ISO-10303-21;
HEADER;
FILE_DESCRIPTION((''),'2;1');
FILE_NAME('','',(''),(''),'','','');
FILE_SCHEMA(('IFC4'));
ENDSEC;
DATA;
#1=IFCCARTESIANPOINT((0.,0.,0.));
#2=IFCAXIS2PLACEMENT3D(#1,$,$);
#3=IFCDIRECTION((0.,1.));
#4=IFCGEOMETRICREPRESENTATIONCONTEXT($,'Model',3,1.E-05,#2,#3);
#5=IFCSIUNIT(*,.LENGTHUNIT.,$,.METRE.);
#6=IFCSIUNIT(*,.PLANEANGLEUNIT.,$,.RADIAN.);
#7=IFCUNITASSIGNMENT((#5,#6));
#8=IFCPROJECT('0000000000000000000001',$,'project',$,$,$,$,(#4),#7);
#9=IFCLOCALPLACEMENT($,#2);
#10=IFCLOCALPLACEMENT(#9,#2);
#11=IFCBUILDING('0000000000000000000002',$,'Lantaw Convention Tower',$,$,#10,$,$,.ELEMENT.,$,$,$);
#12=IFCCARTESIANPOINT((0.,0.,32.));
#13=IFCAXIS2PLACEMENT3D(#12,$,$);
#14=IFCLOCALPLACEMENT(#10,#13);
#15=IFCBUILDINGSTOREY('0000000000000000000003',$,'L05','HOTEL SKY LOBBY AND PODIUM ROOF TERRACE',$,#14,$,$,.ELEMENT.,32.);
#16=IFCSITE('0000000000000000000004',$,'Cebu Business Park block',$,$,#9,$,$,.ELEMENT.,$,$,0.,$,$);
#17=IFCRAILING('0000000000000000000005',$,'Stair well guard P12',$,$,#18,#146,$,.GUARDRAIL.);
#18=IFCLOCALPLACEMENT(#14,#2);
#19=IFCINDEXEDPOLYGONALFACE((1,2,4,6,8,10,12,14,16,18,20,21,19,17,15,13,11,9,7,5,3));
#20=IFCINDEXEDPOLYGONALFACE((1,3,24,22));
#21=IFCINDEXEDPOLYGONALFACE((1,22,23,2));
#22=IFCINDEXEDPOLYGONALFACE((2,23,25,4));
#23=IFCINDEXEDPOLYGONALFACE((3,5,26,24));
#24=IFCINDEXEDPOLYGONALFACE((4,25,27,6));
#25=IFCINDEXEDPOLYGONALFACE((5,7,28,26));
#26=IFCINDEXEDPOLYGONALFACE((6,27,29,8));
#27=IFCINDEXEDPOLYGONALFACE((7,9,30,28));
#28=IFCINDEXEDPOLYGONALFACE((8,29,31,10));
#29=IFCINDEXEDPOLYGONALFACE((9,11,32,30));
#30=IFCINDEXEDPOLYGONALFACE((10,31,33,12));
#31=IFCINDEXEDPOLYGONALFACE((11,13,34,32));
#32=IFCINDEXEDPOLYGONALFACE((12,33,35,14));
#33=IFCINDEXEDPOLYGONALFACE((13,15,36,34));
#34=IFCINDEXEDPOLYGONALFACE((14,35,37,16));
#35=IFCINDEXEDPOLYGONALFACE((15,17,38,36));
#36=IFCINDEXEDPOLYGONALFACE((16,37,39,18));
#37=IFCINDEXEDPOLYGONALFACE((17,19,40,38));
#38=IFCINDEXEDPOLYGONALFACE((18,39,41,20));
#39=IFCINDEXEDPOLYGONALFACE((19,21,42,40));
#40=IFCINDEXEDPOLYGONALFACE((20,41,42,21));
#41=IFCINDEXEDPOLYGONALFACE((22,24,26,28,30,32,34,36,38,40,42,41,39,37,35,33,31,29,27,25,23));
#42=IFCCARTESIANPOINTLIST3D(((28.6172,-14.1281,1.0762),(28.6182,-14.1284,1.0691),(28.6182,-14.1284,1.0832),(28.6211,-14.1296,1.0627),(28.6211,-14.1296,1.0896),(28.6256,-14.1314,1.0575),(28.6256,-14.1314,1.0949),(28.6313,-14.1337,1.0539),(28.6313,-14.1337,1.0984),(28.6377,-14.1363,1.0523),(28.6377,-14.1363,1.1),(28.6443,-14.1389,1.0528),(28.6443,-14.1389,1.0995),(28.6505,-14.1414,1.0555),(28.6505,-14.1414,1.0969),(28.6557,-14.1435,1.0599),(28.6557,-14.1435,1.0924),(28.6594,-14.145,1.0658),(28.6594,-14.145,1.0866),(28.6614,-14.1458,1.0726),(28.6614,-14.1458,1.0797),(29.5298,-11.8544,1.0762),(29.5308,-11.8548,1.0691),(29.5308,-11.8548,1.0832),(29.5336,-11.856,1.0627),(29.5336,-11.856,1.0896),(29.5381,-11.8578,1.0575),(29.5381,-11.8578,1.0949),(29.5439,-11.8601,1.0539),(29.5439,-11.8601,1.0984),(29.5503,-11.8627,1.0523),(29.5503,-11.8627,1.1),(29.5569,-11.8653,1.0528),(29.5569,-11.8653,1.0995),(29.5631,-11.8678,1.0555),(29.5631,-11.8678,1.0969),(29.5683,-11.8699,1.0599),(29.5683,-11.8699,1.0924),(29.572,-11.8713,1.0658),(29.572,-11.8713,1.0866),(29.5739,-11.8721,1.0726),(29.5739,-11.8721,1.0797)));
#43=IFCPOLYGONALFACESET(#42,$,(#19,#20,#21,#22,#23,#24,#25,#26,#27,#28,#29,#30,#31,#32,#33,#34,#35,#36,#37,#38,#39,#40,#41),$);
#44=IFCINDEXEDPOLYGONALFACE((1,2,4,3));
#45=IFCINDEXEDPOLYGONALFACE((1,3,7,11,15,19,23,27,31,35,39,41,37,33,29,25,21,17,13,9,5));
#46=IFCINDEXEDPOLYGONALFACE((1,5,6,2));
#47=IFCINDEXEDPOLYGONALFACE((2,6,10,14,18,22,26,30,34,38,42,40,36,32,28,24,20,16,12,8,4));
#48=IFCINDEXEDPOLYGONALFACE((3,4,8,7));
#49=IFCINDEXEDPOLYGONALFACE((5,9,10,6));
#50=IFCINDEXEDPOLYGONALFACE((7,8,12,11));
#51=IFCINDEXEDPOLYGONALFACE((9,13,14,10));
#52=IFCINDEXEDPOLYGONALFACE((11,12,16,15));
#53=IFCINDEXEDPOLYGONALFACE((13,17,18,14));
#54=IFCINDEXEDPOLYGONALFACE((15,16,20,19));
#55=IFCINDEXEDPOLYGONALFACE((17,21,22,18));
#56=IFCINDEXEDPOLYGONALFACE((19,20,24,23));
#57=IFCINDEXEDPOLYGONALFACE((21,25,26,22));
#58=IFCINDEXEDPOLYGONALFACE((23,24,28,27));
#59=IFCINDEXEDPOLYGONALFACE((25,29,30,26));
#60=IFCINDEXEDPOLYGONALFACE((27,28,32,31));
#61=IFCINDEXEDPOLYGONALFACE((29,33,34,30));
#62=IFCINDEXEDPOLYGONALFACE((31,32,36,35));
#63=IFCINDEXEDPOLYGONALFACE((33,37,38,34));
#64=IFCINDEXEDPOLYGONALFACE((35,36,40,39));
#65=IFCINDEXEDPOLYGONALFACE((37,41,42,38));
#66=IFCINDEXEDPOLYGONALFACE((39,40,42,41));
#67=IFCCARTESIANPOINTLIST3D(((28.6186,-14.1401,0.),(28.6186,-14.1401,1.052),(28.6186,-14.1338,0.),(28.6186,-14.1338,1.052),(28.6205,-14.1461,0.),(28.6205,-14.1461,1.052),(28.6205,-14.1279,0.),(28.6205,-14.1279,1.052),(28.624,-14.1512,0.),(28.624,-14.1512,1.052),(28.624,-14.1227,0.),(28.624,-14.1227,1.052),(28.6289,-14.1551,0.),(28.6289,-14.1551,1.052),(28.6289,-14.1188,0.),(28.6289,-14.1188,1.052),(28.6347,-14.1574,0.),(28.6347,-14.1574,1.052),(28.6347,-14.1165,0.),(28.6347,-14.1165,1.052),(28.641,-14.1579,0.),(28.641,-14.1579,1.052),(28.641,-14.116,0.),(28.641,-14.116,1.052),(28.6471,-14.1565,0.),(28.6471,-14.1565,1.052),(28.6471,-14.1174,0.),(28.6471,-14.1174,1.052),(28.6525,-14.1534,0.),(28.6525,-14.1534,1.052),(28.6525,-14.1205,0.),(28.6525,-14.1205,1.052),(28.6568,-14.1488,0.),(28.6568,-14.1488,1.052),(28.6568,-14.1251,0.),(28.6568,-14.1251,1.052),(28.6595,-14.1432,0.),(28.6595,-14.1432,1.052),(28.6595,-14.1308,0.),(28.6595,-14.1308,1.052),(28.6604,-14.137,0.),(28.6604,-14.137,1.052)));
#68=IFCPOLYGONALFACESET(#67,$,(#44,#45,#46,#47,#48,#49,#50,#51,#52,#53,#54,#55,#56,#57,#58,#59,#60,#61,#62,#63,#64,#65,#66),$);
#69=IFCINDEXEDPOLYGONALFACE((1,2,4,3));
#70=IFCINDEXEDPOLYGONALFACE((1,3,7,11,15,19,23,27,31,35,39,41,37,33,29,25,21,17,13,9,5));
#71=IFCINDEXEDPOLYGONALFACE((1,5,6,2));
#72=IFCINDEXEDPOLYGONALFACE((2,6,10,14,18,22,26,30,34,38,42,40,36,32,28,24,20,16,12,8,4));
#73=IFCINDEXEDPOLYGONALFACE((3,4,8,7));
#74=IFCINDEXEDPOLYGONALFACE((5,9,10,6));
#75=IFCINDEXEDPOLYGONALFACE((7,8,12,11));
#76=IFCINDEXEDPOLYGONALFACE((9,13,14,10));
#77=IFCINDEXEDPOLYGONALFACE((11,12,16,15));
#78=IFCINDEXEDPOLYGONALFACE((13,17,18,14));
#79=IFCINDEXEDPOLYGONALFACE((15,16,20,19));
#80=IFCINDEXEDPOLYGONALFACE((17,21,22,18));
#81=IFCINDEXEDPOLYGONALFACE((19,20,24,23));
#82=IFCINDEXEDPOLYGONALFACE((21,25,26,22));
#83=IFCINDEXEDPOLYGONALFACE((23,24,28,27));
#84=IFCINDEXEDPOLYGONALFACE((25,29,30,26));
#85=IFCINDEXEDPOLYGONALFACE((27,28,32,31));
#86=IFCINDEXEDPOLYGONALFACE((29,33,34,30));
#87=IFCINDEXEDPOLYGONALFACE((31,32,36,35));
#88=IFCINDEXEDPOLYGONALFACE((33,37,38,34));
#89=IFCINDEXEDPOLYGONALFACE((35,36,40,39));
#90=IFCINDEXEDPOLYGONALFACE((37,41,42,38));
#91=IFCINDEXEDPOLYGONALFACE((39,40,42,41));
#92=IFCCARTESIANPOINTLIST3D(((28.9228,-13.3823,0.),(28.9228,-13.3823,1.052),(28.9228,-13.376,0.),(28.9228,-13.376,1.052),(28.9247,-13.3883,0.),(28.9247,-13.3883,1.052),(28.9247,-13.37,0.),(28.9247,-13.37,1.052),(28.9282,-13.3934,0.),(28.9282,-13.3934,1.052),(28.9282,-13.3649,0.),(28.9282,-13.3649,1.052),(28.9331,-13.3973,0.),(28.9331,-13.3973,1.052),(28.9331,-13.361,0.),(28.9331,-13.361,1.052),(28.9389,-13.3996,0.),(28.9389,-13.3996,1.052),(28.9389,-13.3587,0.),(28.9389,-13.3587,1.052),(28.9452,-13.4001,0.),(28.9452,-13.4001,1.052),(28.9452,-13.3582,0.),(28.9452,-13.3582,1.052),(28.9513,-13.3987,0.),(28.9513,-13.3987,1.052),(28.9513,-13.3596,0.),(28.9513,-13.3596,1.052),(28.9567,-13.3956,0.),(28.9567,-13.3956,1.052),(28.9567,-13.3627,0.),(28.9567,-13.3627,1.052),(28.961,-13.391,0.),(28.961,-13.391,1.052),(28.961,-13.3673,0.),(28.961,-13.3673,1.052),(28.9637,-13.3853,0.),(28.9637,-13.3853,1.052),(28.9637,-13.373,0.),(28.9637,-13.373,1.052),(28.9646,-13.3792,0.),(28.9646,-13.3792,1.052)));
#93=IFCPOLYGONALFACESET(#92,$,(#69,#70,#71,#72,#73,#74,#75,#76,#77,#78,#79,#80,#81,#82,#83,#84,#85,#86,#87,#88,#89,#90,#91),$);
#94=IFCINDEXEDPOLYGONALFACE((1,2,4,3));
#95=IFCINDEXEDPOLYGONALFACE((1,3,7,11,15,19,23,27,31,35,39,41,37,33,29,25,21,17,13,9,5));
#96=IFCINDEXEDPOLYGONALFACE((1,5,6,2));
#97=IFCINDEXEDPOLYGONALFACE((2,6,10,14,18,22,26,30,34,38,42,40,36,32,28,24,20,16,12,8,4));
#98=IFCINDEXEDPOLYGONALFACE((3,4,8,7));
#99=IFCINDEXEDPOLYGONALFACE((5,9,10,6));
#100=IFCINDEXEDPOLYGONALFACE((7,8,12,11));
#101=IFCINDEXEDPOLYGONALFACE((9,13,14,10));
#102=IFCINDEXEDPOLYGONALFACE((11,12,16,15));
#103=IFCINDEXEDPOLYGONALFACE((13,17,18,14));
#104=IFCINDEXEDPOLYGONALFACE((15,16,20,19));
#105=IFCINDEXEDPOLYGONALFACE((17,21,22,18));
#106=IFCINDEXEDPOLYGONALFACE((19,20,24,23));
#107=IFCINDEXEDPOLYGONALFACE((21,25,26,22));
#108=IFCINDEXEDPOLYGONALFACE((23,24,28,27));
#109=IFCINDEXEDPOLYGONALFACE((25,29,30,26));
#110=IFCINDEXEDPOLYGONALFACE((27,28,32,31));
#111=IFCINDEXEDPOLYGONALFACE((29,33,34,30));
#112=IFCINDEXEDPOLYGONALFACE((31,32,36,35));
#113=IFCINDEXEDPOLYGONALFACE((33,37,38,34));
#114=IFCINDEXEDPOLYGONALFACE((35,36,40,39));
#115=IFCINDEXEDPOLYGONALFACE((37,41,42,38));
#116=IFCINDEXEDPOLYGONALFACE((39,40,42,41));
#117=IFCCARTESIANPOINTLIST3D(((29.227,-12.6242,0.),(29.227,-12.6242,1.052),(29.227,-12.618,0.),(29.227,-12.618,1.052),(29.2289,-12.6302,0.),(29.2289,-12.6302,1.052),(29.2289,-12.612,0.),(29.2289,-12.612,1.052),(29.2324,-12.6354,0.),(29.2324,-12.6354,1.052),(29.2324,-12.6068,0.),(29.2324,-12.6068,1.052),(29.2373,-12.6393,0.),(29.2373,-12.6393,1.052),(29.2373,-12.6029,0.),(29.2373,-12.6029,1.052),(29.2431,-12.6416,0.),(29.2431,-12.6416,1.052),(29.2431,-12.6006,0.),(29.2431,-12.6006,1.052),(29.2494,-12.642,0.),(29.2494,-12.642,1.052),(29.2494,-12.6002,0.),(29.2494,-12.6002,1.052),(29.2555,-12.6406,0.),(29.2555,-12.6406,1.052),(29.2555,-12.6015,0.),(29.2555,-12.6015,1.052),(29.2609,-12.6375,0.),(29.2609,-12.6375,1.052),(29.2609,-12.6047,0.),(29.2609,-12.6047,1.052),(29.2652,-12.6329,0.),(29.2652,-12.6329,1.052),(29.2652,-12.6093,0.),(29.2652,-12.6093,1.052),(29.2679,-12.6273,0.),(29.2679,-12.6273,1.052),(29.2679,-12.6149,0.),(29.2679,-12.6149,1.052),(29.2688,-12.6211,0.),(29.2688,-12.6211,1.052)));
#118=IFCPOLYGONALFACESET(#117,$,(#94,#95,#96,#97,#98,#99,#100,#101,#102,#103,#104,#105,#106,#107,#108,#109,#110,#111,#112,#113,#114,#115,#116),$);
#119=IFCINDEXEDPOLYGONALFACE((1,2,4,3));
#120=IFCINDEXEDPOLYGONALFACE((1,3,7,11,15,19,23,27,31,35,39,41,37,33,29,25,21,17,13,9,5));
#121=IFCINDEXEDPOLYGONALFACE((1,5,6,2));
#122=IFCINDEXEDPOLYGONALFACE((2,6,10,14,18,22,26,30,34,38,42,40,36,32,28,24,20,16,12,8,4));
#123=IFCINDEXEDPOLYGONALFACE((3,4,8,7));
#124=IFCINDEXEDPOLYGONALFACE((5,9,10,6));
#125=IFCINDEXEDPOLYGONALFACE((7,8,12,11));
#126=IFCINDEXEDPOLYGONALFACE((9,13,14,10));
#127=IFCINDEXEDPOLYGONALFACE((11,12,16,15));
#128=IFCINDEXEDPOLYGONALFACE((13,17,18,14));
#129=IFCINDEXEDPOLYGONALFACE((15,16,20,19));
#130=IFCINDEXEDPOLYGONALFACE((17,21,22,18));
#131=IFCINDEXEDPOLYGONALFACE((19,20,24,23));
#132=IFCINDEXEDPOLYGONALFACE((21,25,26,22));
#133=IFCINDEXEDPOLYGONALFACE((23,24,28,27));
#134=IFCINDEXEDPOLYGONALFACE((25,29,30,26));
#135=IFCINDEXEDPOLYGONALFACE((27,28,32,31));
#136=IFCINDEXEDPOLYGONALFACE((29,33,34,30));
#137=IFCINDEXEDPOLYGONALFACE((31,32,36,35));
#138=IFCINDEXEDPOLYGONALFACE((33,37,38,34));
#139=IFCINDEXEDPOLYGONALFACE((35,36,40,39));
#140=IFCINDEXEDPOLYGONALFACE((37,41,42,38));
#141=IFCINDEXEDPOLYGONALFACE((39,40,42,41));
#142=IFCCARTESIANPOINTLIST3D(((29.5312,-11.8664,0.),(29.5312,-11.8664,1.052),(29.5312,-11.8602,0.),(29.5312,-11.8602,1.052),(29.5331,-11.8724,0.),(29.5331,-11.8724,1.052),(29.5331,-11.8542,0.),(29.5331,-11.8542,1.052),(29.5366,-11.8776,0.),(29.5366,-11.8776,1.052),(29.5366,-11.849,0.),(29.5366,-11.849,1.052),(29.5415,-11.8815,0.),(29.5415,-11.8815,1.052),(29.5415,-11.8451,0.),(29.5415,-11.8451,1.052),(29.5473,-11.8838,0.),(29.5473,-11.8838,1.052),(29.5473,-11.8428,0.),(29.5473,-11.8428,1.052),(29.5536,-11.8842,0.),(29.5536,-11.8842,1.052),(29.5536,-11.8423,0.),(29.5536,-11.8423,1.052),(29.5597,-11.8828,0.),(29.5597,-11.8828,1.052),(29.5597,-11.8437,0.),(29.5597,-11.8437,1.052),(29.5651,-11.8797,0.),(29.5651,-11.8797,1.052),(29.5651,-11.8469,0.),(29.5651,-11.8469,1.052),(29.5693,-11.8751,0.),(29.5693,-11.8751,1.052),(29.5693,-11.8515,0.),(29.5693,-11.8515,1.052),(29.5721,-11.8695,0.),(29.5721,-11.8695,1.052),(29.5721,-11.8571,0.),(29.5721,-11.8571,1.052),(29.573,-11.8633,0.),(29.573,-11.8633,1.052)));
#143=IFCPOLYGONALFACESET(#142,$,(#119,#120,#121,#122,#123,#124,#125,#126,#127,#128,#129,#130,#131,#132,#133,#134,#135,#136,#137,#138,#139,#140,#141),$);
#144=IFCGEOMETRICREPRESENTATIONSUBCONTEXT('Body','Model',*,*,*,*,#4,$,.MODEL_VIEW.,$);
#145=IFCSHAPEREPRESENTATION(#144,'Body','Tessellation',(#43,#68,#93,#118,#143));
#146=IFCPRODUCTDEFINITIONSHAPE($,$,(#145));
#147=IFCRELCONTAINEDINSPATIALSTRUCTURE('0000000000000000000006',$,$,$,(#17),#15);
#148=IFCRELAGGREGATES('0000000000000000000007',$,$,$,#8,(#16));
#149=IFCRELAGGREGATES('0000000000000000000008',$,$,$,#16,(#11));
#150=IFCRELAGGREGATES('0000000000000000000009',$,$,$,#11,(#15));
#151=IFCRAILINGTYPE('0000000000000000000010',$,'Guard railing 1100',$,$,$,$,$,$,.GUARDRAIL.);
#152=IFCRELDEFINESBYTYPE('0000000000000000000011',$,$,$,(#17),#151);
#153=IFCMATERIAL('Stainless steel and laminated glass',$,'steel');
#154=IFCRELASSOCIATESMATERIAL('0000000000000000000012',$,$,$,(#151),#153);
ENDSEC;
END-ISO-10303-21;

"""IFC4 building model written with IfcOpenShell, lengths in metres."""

from ifc_helpers import new_model, si_unit, direction, frame, origin, origin_2d, place, context, subcontext, project, spatial, circle, extrude, material, type_object, element, save


model = new_model("IFC4")

# Units and contexts
model_context = context("Model", 3, precision=1e-05, world=origin(), true_north=direction((0.0, 1.0)))
body_context = subcontext(model_context, "Body", "Model", "MODEL_VIEW")
ifc_project = project(units=[si_unit("LENGTHUNIT", "METRE"), si_unit("PLANEANGLEUNIT", "RADIAN")], contexts=[model_context])

# Site, building, storey
site_placement = place(None, origin())
site = spatial("IfcSite", under=ifc_project, at=site_placement, Name="Cebu Business Park block", CompositionType="ELEMENT", RefElevation=0.0)
building_placement = place(site_placement, origin())
building = spatial("IfcBuilding", under=site, at=building_placement, Name="Lantaw Convention Tower", CompositionType="ELEMENT")
storey_placement = place(building_placement, frame((0.0, 0.0, 32.0)))
storey = spatial("IfcBuildingStorey", under=building, at=storey_placement, Name="L05", Description="HOTEL SKY LOBBY AND PODIUM ROOF TERRACE", CompositionType="ELEMENT", Elevation=32.0)

# Railing
ifc_material_1 = material(Name="Stainless steel and laminated glass", Category="steel")
railing_type_1 = type_object("IfcRailingType", Name="Guard railing 1100", PredefinedType="GUARDRAIL", material=ifc_material_1)
railing_1_placement = place(storey_placement, frame((28.6394, -14.137, 0.0)))
element("IfcRailing", 1, at=railing_1_placement, inside=storey, type_object=railing_type_1, Name="Stair well guard P12", PredefinedType="GUARDRAIL", context=body_context, shape_type="SweptSolid", body=[
    extrude(circle(Radius=0.0239, at=origin_2d()), frame((0.0, 0.0, 1.0762), z_axis=(0.37249, 0.928036, 0.0), x_axis=(-0.928036, 0.37249, 0.0)), (0.0, 0.0, 1.0), 2.45),
    extrude(circle(Radius=0.021, at=origin_2d()), origin(), (0.0, 0.0, 1.0), 1.052),
    extrude(circle(Radius=0.021, at=origin_2d()), frame((0.3042, 0.7578, 0.0)), (0.0, 0.0, 1.0), 1.052),
    extrude(circle(Radius=0.021, at=origin_2d()), frame((0.6084, 1.5159, 0.0)), (0.0, 0.0, 1.0), 1.052),
    extrude(circle(Radius=0.021, at=origin_2d()), frame((0.9126, 2.2737, 0.0)), (0.0, 0.0, 1.0), 1.052),
])

save(model, "model.ifc")
